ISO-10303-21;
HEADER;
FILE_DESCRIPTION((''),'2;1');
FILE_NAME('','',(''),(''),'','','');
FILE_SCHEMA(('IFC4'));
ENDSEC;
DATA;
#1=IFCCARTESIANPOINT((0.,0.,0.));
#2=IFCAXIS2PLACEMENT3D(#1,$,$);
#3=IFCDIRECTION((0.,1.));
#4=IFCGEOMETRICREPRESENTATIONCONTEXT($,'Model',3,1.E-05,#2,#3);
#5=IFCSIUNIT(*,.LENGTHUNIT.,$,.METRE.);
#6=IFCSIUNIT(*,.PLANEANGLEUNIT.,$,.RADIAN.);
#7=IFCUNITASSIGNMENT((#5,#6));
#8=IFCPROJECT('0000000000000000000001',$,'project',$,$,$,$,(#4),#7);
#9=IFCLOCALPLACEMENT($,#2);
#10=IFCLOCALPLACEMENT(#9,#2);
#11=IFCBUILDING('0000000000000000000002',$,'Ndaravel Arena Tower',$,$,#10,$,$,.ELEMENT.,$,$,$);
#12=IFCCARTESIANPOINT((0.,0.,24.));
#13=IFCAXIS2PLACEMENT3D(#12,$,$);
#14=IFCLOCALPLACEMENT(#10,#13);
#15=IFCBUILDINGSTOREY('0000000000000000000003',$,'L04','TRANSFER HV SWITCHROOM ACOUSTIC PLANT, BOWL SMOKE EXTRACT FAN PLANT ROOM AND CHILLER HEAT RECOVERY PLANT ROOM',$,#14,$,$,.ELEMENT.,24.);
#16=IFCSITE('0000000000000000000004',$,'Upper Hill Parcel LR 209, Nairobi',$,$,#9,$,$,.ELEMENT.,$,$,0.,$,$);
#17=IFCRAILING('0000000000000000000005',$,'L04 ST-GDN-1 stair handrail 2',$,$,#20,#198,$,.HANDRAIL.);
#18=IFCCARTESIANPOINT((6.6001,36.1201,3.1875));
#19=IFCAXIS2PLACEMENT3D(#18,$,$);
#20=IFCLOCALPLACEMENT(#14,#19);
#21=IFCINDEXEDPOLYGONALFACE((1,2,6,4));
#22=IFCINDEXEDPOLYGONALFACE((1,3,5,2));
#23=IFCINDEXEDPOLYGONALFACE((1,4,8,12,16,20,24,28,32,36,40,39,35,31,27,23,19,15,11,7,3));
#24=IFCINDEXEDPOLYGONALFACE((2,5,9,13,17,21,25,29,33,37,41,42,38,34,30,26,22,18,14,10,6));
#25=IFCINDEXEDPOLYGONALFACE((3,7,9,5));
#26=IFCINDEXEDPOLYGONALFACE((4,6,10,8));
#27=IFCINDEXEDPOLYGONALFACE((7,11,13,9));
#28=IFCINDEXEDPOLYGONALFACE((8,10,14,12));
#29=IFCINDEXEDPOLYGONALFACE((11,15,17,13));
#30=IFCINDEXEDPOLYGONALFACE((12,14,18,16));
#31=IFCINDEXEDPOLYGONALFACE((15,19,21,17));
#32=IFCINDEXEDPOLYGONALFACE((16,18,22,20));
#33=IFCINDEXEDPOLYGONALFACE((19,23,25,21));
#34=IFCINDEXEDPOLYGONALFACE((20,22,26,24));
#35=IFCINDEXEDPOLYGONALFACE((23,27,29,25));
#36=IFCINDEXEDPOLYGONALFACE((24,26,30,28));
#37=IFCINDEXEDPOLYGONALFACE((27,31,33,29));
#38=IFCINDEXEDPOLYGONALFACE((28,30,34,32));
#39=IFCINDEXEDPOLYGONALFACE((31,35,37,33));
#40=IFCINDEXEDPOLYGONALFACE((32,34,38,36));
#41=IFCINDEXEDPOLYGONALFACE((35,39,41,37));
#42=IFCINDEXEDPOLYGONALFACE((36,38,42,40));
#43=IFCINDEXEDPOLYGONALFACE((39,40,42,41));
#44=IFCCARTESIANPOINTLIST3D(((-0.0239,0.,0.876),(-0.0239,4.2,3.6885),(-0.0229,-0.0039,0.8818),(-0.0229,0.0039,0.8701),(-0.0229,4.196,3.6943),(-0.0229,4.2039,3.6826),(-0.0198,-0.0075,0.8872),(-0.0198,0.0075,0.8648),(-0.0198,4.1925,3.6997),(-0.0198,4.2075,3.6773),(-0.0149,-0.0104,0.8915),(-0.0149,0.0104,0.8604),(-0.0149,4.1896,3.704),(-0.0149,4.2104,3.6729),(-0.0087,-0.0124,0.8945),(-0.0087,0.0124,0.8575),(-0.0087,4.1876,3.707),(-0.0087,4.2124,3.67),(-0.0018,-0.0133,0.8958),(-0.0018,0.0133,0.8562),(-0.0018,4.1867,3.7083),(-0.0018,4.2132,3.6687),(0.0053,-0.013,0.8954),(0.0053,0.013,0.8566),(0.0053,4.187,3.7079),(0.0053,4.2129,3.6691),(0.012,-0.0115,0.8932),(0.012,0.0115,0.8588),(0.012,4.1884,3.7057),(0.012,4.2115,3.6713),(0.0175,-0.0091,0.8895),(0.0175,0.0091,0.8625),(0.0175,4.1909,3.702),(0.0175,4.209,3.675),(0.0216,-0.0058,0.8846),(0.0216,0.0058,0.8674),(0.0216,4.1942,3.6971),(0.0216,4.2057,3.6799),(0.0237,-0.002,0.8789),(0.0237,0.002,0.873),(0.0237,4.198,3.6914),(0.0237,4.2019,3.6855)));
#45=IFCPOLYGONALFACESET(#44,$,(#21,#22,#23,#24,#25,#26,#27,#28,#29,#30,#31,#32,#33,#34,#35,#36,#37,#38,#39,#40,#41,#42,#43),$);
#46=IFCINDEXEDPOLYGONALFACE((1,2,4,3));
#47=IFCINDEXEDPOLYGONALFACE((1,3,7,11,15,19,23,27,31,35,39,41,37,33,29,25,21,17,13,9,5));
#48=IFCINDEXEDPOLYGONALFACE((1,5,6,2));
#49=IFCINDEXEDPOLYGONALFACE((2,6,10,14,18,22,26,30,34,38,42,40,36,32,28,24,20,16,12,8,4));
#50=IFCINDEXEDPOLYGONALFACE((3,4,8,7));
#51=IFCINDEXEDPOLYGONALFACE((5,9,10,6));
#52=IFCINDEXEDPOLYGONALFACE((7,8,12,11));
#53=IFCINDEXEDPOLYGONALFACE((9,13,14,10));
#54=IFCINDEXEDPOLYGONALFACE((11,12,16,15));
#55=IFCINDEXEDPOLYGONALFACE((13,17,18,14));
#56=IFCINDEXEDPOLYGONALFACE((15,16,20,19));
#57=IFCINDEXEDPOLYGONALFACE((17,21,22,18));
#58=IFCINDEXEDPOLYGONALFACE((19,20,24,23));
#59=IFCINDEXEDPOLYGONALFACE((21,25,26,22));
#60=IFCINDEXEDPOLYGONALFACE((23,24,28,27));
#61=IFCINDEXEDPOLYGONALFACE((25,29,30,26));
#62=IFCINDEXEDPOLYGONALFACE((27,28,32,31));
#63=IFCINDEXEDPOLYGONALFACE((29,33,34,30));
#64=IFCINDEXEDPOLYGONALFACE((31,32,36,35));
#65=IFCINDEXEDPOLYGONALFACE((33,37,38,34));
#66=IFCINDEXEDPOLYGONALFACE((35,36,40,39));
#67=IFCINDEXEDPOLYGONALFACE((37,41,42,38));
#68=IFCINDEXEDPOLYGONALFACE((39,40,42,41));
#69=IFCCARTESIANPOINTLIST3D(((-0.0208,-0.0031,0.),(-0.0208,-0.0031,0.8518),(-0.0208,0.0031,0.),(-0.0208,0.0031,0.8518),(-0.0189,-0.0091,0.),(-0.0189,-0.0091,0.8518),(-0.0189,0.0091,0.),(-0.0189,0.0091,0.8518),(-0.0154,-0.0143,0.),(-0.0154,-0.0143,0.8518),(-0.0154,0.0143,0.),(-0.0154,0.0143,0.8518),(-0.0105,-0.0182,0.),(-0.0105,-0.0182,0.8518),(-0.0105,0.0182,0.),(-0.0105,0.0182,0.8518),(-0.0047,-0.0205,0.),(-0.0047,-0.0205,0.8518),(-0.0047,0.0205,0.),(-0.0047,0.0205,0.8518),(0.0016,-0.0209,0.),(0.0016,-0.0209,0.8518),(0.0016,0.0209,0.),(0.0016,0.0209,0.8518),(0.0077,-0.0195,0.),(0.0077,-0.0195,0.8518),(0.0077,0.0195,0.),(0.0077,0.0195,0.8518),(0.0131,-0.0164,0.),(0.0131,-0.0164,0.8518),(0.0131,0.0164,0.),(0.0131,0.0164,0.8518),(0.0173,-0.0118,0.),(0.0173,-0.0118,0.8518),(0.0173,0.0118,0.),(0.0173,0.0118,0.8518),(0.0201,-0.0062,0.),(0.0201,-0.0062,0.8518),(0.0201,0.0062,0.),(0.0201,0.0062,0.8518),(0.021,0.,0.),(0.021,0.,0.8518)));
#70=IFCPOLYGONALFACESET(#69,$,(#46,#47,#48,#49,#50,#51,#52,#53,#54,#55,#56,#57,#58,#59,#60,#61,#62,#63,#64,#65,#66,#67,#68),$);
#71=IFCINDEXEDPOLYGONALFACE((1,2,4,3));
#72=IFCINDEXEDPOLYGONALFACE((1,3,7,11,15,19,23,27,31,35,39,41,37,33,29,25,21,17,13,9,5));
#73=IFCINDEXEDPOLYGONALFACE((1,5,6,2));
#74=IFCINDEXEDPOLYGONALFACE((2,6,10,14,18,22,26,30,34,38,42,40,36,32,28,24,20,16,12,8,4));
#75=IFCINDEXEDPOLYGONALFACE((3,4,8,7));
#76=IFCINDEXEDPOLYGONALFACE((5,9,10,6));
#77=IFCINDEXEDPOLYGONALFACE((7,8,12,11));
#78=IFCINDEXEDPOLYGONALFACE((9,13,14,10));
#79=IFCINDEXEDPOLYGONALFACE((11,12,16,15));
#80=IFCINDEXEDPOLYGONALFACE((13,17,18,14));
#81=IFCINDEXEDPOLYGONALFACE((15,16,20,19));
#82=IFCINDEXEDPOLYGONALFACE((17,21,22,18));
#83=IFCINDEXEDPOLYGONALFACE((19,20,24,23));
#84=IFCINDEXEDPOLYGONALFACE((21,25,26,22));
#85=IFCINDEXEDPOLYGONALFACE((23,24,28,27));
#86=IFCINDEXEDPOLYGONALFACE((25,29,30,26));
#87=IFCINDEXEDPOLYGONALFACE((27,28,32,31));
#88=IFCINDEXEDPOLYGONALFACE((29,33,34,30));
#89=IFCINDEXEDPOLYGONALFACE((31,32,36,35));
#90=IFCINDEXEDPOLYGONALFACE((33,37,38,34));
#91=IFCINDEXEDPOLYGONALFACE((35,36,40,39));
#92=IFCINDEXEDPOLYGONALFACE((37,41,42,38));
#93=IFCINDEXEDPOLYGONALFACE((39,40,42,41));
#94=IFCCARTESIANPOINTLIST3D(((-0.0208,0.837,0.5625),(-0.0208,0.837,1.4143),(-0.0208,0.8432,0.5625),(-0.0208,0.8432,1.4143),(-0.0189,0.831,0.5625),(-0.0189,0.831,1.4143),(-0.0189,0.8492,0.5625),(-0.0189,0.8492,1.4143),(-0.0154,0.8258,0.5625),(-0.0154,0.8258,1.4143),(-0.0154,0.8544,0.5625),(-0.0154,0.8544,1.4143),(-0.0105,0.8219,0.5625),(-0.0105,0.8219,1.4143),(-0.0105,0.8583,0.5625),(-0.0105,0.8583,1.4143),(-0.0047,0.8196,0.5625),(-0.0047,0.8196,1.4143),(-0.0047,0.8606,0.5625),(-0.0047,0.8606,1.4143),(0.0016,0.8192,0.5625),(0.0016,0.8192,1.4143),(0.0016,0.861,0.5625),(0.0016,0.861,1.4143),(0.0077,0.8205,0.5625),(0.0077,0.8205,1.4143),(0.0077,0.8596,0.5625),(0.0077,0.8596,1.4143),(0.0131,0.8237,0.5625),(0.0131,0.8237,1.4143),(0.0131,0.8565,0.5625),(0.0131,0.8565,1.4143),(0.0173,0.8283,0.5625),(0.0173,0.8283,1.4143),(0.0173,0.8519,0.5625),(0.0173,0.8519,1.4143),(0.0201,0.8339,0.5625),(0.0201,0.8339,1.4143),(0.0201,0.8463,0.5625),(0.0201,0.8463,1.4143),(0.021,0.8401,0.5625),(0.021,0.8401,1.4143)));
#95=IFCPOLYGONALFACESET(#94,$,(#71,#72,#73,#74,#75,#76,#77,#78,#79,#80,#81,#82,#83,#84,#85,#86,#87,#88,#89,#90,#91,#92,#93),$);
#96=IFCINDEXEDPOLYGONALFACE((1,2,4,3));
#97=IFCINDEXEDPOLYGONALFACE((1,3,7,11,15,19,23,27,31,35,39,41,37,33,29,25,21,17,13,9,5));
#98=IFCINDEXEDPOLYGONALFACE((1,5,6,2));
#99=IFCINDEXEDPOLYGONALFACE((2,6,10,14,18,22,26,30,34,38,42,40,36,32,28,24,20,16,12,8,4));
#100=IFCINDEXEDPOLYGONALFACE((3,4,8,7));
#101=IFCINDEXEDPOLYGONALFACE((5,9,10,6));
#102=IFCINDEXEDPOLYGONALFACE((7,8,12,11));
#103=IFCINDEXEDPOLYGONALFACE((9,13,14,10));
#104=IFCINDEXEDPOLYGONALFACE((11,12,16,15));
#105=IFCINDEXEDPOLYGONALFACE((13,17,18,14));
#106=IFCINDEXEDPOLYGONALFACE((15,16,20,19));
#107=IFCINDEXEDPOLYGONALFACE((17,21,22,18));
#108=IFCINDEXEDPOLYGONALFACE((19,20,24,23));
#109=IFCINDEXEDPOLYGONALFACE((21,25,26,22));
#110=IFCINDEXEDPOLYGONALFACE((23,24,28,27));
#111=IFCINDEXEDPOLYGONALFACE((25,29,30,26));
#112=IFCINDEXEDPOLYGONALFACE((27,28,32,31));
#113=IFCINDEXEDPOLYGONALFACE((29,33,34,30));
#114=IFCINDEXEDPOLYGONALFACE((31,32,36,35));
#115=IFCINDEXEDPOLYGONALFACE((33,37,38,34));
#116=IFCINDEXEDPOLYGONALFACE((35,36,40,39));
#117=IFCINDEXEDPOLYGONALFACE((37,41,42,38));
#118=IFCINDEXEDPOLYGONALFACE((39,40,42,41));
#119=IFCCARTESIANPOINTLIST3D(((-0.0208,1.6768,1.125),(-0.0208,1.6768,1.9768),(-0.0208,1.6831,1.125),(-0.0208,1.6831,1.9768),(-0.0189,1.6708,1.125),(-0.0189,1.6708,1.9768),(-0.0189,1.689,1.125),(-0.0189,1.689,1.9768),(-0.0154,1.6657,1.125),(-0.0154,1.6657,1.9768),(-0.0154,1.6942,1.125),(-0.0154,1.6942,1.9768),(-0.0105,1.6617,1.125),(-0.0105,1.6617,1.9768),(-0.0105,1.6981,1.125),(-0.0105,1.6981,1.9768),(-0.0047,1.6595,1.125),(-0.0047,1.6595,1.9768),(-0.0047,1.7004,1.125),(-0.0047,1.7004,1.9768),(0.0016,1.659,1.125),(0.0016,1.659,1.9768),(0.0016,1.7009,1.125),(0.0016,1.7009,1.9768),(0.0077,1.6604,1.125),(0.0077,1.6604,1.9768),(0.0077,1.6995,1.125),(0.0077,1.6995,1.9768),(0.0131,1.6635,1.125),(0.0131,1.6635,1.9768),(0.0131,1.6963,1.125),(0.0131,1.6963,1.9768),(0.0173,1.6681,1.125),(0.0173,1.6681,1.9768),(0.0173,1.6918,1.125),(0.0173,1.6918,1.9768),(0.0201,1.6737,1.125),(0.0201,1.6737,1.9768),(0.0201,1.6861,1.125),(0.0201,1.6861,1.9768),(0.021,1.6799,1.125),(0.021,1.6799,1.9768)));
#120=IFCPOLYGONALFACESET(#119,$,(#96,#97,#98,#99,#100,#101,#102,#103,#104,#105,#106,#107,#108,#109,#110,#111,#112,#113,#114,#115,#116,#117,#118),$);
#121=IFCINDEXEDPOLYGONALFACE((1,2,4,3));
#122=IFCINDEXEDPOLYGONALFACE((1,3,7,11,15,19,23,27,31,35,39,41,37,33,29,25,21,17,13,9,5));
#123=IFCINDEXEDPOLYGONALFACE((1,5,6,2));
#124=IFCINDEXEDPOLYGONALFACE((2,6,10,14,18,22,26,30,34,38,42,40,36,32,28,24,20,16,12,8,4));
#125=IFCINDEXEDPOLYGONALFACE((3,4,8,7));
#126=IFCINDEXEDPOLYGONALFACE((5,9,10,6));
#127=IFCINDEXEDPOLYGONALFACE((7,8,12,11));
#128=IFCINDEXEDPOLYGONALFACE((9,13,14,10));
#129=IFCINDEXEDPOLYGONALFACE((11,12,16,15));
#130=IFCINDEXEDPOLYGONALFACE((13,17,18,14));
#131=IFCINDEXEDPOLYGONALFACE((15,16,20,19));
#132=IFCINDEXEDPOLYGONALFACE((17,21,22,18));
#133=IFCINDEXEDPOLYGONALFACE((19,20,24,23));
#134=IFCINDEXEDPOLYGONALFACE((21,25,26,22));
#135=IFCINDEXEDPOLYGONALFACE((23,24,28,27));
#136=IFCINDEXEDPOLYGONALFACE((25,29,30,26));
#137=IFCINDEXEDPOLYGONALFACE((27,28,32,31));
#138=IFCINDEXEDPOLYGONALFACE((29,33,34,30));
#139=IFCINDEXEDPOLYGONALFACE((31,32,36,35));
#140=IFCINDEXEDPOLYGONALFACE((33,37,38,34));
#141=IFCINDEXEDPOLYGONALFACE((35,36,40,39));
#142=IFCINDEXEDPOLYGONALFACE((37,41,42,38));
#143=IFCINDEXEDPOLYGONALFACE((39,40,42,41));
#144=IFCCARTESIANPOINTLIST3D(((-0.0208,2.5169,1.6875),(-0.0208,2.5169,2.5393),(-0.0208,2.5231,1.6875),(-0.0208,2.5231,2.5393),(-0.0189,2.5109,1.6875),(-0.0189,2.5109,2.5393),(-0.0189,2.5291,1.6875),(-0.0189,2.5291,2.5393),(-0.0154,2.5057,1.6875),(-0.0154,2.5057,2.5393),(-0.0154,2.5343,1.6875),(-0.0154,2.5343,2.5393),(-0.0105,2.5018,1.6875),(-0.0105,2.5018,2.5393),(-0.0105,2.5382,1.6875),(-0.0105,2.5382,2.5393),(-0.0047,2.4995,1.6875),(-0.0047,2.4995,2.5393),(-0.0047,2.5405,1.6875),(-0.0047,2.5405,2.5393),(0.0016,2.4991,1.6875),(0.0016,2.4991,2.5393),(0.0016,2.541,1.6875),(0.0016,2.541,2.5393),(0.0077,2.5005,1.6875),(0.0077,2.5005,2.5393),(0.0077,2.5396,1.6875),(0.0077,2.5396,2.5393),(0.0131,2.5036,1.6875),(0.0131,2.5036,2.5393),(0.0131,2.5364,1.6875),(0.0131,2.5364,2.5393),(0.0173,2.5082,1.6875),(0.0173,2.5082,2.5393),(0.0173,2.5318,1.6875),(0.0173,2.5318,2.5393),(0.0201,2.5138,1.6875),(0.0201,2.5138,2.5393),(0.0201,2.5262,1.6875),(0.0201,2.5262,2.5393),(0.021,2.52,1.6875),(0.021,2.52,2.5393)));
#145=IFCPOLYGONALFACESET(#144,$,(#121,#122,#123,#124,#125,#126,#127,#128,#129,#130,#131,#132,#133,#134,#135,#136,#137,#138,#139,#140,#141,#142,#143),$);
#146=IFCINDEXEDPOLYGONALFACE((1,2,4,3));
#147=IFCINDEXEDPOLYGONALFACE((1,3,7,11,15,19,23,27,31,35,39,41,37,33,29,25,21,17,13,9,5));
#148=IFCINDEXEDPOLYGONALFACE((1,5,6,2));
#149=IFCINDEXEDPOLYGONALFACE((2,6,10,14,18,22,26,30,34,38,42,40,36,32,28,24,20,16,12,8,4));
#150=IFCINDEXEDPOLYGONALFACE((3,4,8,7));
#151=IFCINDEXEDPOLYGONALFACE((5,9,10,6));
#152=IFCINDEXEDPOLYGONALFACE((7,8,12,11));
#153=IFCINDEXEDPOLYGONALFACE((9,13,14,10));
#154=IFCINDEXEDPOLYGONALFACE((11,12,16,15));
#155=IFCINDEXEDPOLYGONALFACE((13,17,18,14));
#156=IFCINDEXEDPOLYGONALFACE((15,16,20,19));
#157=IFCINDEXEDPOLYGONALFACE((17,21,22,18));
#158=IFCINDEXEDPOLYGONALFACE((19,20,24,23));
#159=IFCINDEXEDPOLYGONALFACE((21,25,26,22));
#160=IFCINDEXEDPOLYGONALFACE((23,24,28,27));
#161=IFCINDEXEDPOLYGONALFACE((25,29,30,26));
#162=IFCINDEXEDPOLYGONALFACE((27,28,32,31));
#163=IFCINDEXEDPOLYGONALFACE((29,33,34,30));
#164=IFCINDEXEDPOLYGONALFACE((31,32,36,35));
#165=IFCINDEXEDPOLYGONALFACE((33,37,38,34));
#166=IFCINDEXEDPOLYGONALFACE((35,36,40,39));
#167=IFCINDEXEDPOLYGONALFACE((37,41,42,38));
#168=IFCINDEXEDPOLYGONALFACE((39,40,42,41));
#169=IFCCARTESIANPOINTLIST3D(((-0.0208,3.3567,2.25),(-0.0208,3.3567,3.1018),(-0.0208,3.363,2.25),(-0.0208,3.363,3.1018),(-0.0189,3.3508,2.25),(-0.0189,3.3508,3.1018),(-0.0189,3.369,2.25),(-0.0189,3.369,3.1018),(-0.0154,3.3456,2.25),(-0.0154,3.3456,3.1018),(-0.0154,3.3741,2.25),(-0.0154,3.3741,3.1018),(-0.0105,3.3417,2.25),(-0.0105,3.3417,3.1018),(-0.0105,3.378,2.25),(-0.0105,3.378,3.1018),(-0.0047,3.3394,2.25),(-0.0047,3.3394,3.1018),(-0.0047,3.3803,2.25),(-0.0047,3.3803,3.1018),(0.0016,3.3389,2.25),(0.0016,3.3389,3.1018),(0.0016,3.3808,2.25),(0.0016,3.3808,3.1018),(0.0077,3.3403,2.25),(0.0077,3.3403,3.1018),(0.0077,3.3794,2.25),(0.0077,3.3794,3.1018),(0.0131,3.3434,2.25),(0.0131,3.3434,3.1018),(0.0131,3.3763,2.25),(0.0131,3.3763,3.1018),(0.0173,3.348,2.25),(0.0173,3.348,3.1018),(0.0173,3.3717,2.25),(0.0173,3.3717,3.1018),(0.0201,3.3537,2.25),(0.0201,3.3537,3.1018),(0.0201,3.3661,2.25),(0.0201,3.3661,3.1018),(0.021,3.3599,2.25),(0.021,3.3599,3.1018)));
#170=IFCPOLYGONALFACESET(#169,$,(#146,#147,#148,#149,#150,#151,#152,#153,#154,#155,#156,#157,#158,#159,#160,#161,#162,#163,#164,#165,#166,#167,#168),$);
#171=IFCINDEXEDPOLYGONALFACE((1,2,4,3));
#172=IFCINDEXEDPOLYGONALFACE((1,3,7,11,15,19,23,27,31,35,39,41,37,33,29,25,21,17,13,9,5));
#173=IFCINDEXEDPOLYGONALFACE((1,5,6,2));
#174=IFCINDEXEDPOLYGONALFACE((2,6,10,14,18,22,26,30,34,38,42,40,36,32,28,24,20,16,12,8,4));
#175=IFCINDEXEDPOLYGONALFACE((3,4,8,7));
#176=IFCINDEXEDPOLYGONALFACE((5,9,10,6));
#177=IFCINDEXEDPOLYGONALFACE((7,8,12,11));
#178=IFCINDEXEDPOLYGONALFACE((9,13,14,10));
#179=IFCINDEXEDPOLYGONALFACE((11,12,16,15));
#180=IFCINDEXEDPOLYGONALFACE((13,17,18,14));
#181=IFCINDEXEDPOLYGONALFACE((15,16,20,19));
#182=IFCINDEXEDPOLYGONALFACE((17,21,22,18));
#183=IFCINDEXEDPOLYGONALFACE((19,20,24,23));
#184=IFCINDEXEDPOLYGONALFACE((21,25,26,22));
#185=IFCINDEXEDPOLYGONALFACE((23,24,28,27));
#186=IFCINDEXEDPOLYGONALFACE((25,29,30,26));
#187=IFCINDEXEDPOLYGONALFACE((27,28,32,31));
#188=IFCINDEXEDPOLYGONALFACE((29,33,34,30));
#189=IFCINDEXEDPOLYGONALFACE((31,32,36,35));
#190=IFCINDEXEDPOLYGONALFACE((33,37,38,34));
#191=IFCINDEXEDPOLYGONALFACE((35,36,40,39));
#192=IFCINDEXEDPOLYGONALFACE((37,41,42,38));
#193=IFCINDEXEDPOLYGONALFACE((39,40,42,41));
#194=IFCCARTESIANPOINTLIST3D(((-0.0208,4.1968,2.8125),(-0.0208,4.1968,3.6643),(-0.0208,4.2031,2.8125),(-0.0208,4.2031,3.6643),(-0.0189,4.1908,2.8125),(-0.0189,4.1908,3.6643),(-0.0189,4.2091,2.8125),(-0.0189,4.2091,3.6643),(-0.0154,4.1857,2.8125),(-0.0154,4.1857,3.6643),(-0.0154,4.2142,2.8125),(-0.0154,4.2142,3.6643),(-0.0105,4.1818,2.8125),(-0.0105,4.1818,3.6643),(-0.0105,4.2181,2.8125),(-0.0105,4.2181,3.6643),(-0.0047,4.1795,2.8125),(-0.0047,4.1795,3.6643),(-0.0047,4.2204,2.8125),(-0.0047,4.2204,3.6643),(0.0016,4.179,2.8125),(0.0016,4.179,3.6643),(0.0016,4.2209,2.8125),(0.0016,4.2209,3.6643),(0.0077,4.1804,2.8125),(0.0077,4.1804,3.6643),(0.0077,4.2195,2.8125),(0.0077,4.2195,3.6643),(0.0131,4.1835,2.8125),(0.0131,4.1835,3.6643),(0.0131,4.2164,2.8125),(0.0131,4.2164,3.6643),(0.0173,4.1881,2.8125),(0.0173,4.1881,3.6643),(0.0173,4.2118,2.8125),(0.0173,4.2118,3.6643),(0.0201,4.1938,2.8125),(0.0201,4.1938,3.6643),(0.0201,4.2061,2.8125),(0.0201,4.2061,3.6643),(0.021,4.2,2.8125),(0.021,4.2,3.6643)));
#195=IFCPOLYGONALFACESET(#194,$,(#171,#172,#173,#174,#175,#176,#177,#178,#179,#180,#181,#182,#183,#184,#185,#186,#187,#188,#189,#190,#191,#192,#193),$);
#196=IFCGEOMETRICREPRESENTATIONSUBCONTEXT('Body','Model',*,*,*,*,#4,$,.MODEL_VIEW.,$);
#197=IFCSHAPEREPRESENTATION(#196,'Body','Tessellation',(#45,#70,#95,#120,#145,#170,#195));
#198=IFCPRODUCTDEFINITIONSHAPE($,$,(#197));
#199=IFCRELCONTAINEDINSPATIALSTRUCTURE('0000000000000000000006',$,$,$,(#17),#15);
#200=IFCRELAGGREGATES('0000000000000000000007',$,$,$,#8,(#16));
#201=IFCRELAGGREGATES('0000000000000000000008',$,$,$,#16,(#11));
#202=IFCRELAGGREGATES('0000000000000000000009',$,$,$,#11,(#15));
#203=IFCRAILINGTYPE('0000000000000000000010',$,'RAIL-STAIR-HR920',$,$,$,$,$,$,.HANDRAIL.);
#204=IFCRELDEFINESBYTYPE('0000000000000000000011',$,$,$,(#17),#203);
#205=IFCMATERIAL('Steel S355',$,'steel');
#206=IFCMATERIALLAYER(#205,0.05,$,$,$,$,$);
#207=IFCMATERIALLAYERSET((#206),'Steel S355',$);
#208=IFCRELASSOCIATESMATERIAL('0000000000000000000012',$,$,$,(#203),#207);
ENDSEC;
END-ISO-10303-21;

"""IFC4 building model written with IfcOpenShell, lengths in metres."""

from ifc_helpers import new_model, si_unit, direction, frame, origin, origin_2d, place, context, subcontext, project, spatial, circle, extrude, material, layer, layer_set, type_object, element, save


model = new_model("IFC4")

# Units and contexts
model_context = context("Model", 3, precision=1e-05, world=origin(), true_north=direction((0.0, 1.0)))
body_context = subcontext(model_context, "Body", "Model", "MODEL_VIEW")
ifc_project = project(units=[si_unit("LENGTHUNIT", "METRE"), si_unit("PLANEANGLEUNIT", "RADIAN")], contexts=[model_context])

# Site, building, storey
site_placement = place(None, origin())
site = spatial("IfcSite", under=ifc_project, at=site_placement, Name="Upper Hill Parcel LR 209, Nairobi", CompositionType="ELEMENT", RefElevation=0.0)
building_placement = place(site_placement, origin())
building = spatial("IfcBuilding", under=site, at=building_placement, Name="Ndaravel Arena Tower", CompositionType="ELEMENT")
storey_placement = place(building_placement, frame((0.0, 0.0, 24.0)))
storey = spatial("IfcBuildingStorey", under=building, at=storey_placement, Name="L04", Description="TRANSFER HV SWITCHROOM ACOUSTIC PLANT, BOWL SMOKE EXTRACT FAN PLANT ROOM AND CHILLER HEAT RECOVERY PLANT ROOM", CompositionType="ELEMENT", Elevation=24.0)

# Railing
ifc_material_1 = material(Name="Steel S355", Category="steel")
ifc_layer_1 = layer(ifc_material_1, 0.05)
ifc_layer_set_1 = layer_set([ifc_layer_1], Name="Steel S355")
railing_type_1 = type_object("IfcRailingType", Name="RAIL-STAIR-HR920", PredefinedType="HANDRAIL", material=ifc_layer_set_1)
railing_1_placement = place(storey_placement, frame((6.6001, 36.1201, 3.1875)))
element("IfcRailing", 1, at=railing_1_placement, inside=storey, type_object=railing_type_1, Name="L04 ST-GDN-1 stair handrail 2", PredefinedType="HANDRAIL", context=body_context, shape_type="SweptSolid", body=[
    extrude(circle(Radius=0.0239, at=origin_2d()), frame((0.0, 0.0, 0.876), z_axis=(0.0, 0.830904, 0.556416), x_axis=(-1.0, 0.0, 0.0)), (0.0, 0.0, 1.0), 5.0547),
    extrude(circle(Radius=0.021, at=origin_2d()), origin(), (0.0, 0.0, 1.0), 0.8518),
    extrude(circle(Radius=0.021, at=origin_2d()), frame((0.0, 0.8401, 0.5625)), (0.0, 0.0, 1.0), 0.8518),
    extrude(circle(Radius=0.021, at=origin_2d()), frame((0.0, 1.6799, 1.125)), (0.0, 0.0, 1.0), 0.8518),
    extrude(circle(Radius=0.021, at=origin_2d()), frame((0.0, 2.52, 1.6875)), (0.0, 0.0, 1.0), 0.8518),
    extrude(circle(Radius=0.021, at=origin_2d()), frame((0.0, 3.3599, 2.25)), (0.0, 0.0, 1.0), 0.8518),
    extrude(circle(Radius=0.021, at=origin_2d()), frame((0.0, 4.2, 2.8125)), (0.0, 0.0, 1.0), 0.8518),
])

save(model, "model.ifc")
